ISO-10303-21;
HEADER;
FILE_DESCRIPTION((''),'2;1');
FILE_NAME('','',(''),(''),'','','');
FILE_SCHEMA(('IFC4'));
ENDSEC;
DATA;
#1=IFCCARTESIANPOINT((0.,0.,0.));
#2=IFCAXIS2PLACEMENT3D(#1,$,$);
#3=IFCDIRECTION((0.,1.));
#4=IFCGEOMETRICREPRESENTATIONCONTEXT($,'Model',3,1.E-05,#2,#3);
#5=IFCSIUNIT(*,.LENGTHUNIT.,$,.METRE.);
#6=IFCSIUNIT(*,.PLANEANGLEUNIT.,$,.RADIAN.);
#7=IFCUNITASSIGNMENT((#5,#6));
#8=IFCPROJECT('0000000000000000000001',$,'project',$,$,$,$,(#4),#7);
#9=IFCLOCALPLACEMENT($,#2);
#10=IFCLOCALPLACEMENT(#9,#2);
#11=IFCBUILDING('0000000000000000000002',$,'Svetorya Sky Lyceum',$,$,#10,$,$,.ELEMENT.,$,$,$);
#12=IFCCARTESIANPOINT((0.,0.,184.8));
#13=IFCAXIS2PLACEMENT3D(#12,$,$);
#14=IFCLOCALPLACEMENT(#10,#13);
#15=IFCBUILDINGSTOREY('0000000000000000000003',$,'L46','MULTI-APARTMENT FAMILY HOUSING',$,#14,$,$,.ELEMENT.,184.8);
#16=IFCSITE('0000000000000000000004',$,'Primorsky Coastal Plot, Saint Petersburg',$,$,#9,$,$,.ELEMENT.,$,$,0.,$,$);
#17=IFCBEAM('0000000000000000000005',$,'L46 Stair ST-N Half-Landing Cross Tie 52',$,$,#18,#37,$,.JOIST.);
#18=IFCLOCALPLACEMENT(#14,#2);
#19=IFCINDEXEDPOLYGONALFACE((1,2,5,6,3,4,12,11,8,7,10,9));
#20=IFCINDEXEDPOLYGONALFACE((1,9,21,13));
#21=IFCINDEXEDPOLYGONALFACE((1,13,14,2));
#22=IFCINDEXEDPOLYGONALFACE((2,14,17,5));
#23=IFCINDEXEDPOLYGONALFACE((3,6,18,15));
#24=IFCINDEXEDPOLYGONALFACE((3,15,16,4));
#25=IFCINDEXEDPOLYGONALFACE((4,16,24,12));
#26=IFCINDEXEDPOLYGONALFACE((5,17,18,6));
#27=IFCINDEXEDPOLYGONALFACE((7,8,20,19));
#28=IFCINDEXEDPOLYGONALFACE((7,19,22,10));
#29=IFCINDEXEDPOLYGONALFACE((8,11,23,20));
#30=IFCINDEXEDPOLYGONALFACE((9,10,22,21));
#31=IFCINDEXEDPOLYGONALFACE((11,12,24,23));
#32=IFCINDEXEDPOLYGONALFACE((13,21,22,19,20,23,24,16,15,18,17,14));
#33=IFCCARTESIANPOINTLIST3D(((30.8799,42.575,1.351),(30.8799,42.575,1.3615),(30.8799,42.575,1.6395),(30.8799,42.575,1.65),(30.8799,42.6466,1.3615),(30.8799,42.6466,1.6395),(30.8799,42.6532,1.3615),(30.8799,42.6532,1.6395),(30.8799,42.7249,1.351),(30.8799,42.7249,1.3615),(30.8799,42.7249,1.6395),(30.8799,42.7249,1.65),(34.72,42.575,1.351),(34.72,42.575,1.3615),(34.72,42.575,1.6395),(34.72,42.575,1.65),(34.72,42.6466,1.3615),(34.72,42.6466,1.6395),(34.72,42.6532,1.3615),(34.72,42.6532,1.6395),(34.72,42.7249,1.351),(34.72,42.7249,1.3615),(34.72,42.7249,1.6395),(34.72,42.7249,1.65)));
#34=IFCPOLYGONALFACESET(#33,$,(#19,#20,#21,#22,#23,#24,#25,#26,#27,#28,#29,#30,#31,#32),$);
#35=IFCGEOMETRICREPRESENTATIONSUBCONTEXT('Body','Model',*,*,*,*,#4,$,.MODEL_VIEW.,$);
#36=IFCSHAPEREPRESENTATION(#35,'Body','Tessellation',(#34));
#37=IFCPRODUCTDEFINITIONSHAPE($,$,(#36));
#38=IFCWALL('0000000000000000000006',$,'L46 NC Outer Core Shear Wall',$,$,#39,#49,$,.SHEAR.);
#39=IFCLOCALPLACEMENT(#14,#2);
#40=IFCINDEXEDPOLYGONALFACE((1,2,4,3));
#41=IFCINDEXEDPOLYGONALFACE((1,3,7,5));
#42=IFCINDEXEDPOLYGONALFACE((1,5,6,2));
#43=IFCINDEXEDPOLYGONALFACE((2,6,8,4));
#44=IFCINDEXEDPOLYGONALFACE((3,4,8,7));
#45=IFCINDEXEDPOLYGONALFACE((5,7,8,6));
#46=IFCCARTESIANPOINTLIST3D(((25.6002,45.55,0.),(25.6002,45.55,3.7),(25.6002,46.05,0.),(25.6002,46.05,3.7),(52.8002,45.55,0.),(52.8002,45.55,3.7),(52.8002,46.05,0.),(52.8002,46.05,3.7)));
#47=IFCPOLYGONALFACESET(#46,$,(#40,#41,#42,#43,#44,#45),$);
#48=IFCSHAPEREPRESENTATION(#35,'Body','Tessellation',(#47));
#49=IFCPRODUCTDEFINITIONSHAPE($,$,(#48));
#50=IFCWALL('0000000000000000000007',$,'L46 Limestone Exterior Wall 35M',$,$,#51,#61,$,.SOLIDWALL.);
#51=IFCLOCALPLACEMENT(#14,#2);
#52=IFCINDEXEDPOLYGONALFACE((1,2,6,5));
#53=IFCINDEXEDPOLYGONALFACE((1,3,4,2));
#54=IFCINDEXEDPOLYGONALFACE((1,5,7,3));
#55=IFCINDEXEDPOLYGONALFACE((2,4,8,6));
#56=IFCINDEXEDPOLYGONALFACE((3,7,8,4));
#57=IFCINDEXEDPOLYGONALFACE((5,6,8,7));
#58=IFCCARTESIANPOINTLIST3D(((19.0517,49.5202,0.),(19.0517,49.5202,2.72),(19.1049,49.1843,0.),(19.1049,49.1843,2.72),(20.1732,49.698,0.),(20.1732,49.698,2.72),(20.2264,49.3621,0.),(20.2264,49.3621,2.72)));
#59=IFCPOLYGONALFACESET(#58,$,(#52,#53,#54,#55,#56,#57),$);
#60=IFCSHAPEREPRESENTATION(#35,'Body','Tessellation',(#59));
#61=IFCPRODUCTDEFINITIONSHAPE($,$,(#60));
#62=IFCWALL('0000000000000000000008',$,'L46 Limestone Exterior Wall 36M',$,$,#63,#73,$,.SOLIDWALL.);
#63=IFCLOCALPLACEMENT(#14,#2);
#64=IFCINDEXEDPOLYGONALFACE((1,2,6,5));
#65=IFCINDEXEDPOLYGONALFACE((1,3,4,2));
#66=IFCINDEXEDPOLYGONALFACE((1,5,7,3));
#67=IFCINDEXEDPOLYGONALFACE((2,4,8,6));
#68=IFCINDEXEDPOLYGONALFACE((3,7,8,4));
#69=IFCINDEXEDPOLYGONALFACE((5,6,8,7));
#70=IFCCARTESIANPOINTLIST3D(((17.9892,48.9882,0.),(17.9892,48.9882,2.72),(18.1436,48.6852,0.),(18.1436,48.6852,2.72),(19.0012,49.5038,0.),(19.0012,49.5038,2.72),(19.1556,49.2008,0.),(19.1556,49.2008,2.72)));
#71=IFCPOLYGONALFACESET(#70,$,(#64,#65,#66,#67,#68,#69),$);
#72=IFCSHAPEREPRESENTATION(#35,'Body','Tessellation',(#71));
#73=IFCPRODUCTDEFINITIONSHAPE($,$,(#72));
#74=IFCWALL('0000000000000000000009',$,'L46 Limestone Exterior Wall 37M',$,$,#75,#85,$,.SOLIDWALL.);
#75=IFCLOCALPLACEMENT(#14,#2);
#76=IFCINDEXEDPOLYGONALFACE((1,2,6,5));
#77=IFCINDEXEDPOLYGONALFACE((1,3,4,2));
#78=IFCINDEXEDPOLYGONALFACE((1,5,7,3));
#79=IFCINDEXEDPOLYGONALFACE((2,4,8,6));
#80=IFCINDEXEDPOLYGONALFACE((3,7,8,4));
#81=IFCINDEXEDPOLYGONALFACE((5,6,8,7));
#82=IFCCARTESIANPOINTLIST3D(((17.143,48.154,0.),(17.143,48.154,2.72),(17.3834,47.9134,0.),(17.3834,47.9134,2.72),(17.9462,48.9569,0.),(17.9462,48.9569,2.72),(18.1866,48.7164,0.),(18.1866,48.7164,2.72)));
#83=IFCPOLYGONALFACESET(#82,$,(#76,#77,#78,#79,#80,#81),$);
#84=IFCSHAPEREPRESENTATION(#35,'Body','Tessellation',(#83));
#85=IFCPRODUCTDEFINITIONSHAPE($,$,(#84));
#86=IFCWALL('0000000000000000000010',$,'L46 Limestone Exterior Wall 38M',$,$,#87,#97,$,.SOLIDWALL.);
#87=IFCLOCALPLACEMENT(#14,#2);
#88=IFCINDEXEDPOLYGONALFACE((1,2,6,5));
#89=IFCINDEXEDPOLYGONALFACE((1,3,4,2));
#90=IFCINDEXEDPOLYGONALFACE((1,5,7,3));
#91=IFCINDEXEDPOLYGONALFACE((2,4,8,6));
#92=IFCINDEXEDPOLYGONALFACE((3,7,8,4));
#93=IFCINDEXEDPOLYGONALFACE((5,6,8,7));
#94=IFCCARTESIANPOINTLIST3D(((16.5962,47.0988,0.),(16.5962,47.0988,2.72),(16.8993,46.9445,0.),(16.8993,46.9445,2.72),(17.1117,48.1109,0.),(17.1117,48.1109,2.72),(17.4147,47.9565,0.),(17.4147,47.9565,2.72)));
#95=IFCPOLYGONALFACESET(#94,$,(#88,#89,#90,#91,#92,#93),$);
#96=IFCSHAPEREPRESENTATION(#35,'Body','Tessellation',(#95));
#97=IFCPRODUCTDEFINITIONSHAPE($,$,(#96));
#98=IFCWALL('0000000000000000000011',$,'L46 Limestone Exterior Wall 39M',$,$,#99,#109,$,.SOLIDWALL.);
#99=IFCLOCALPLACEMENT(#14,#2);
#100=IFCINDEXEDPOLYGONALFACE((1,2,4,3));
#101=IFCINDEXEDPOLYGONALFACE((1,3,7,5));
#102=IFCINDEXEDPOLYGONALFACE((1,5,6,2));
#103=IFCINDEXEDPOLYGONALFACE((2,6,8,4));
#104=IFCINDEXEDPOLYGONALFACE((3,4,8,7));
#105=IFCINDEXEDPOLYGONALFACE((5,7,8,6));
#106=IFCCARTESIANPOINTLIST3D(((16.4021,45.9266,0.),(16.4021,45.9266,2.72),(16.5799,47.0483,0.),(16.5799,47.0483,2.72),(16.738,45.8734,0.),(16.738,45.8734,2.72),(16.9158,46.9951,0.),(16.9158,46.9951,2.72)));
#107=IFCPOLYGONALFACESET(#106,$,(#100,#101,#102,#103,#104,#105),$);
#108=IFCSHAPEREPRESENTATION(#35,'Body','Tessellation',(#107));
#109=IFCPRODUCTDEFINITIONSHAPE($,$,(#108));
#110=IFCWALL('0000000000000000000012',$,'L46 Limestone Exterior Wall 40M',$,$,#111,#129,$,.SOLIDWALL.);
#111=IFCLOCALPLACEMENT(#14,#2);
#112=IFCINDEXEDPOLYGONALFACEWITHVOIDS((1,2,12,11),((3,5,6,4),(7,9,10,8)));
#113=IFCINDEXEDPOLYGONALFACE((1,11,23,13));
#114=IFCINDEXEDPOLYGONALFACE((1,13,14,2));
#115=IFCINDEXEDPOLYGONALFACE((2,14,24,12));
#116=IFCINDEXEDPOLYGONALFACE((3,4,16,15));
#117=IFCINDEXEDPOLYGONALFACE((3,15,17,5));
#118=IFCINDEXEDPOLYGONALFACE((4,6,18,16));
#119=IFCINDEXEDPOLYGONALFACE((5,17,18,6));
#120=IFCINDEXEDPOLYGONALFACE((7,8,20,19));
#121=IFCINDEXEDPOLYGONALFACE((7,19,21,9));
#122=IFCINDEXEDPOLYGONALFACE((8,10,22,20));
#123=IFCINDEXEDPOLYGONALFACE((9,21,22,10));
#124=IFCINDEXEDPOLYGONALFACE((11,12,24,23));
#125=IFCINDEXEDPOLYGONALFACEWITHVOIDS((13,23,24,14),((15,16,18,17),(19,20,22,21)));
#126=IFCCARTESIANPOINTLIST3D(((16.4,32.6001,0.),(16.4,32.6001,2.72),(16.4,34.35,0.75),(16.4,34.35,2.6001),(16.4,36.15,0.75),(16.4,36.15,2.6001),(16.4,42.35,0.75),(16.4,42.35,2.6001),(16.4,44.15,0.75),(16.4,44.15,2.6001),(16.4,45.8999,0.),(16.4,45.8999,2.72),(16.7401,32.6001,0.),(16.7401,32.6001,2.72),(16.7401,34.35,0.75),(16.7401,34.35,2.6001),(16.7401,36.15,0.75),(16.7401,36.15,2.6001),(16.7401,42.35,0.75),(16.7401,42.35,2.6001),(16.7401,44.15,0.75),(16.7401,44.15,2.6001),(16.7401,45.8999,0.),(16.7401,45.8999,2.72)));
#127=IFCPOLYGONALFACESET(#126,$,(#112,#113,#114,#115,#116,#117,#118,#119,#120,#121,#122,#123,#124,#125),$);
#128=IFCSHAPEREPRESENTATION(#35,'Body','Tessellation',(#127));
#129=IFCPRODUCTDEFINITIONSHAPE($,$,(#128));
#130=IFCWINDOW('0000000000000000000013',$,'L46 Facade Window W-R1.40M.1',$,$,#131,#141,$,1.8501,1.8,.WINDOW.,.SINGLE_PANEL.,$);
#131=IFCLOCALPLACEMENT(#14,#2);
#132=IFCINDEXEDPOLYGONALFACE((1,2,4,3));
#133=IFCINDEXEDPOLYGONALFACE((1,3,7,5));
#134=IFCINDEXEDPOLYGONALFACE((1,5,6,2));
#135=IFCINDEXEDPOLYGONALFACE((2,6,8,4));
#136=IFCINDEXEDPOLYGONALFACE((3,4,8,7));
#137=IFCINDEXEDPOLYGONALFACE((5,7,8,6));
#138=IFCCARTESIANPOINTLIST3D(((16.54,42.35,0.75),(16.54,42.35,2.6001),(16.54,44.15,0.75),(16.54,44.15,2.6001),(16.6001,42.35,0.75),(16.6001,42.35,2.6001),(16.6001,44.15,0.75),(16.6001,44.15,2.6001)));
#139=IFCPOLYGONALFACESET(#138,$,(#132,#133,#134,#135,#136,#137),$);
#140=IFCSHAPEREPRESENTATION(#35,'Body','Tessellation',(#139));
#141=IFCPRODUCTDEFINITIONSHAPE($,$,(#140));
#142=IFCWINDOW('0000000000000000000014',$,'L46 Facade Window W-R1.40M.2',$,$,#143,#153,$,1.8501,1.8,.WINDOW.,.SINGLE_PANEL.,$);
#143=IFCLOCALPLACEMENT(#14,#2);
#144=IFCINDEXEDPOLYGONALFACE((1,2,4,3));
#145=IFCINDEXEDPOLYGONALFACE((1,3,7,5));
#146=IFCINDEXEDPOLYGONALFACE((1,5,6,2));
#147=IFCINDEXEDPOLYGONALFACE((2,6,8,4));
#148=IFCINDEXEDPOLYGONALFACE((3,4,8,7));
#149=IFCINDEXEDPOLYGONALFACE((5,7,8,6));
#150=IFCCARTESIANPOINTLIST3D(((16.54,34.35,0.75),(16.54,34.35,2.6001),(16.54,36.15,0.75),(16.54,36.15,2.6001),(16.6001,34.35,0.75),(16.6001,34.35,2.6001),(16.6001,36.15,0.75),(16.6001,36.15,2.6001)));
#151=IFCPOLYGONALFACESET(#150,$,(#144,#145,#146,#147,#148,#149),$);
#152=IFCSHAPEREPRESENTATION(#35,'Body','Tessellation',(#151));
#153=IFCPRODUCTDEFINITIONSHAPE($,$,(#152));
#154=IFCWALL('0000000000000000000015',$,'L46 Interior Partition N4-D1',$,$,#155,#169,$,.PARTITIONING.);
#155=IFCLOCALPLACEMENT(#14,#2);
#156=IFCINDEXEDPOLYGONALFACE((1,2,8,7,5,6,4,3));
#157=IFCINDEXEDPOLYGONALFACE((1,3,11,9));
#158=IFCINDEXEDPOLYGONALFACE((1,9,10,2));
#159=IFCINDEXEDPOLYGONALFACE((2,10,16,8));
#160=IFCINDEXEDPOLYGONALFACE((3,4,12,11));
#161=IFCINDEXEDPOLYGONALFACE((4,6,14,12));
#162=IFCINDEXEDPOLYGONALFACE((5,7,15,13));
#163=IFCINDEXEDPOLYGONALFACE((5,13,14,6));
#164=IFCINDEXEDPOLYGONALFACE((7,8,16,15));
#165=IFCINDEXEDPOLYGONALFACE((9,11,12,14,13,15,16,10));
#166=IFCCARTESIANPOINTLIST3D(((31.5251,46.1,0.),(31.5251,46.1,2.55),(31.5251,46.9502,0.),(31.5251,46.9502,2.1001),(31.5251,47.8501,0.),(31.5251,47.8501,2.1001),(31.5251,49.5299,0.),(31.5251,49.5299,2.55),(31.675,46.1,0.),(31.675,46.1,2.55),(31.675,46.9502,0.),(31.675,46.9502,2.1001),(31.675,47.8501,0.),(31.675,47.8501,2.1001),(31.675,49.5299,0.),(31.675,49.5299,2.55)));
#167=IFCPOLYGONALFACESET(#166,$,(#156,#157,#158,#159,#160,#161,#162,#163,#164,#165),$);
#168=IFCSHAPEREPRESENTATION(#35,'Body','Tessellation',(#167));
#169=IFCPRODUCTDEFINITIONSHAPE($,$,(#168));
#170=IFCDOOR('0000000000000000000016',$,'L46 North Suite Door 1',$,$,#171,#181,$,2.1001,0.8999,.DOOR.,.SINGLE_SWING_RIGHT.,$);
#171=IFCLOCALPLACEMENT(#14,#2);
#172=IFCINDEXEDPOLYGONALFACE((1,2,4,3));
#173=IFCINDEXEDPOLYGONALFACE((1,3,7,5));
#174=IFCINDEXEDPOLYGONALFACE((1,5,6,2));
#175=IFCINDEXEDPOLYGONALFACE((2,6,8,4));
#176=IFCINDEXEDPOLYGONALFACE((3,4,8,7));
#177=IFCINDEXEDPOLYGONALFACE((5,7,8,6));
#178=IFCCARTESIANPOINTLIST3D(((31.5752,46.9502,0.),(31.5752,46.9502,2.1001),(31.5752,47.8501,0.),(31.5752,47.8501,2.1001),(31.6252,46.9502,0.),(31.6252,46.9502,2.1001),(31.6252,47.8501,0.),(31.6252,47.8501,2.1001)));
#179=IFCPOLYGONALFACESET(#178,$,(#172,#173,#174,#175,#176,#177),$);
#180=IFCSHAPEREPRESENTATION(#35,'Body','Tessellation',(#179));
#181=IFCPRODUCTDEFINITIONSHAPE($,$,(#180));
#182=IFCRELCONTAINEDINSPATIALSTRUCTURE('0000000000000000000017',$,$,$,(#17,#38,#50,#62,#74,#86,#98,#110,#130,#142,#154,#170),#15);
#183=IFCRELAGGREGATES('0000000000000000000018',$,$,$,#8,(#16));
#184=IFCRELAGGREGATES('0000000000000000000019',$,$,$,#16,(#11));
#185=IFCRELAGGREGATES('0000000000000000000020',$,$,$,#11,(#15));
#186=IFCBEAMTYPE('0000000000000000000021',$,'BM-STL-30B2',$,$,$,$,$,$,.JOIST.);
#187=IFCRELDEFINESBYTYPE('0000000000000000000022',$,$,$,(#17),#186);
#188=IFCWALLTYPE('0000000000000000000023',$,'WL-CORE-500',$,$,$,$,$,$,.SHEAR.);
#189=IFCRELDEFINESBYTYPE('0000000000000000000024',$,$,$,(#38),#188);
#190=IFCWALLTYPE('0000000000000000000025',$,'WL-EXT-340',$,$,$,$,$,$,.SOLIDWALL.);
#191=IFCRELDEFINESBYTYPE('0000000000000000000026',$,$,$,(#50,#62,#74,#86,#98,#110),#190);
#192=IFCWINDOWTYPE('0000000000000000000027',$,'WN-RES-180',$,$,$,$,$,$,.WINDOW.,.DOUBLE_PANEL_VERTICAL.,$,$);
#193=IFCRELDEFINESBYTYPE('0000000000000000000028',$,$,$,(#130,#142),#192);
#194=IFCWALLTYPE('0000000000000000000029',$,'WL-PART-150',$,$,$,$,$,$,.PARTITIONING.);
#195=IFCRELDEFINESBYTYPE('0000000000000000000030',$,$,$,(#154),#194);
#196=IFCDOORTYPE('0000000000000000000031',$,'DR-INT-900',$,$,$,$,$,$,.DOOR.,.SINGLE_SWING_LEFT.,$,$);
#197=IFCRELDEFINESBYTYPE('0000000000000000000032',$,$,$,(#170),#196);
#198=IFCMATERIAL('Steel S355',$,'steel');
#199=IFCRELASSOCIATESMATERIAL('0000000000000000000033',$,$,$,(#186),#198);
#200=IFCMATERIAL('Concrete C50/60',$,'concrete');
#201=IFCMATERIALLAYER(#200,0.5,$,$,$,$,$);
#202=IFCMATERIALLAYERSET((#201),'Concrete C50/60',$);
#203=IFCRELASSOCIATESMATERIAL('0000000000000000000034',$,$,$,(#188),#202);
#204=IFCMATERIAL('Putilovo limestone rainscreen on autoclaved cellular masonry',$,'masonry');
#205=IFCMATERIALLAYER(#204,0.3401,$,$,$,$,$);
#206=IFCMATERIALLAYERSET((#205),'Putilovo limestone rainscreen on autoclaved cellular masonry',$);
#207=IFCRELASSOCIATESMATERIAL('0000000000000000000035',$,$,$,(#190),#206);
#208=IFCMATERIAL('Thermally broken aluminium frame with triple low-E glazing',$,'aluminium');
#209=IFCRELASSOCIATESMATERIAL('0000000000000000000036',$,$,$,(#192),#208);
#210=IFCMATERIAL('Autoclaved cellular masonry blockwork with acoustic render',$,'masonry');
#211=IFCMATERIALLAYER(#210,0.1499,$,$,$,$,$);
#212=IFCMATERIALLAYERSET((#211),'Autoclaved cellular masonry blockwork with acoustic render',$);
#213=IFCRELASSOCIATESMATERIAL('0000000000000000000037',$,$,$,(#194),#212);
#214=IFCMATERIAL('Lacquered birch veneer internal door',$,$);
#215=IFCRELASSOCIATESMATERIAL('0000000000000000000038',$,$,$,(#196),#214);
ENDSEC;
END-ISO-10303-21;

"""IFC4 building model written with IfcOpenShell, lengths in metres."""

from ifc_helpers import new_model, si_unit, direction, frame, frame_2d, origin, origin_2d, place, context, subcontext, project, spatial, rectangle, i_section, extrude, material, layer, layer_set, material_profile, profile_set, type_object, element, fill, save


model = new_model("IFC4")

# Units and contexts
model_context = context("Model", 3, precision=1e-05, world=origin(), true_north=direction((0.0, 1.0)))
body_context = subcontext(model_context, "Body", "Model", "MODEL_VIEW")
ifc_project = project(units=[si_unit("LENGTHUNIT", "METRE"), si_unit("PLANEANGLEUNIT", "RADIAN")], contexts=[model_context])

# Site, building, storey
site_placement = place(None, origin())
site = spatial("IfcSite", under=ifc_project, at=site_placement, Name="Primorsky Coastal Plot, Saint Petersburg", CompositionType="ELEMENT", RefElevation=0.0)
building_placement = place(site_placement, origin())
building = spatial("IfcBuilding", under=site, at=building_placement, Name="Svetorya Sky Lyceum", CompositionType="ELEMENT")
storey_placement = place(building_placement, frame((0.0, 0.0, 184.8)))
storey = spatial("IfcBuildingStorey", under=building, at=storey_placement, Name="L46", Description="MULTI-APARTMENT FAMILY HOUSING", CompositionType="ELEMENT", Elevation=184.8)

# Shared definitions
ifc_material_1 = material(Name="Concrete C50/60", Category="concrete")

# Beam
ifc_material_2 = material(Name="Steel S355", Category="steel")
ifc_material_profile_1 = material_profile(ifc_material_2, i_section(OverallWidth=0.1499, OverallDepth=0.2991, WebThickness=0.0066, FlangeThickness=0.0105, at=origin_2d()), Name="GOST 30B2")
ifc_profile_set_1 = profile_set([ifc_material_profile_1], Name="Steel S355")
beam_type_1 = type_object("IfcBeamType", Name="BM-STL-30B2", PredefinedType="JOIST", material=ifc_profile_set_1)
beam_1_placement = place(storey_placement, frame((30.8799, 42.6499, 1.5005), z_axis=(1.0, 0.0, 0.0), x_axis=(0.0, 1.0, 0.0)))
element("IfcBeam", 1, at=beam_1_placement, inside=storey, type_object=beam_type_1, Name="L46 Stair ST-N Half-Landing Cross Tie 52", PredefinedType="JOIST", context=body_context, shape_type="SweptSolid", body=[
    extrude(i_section(OverallWidth=0.1499, OverallDepth=0.2991, WebThickness=0.0066, FlangeThickness=0.0105, at=origin_2d()), origin(), (0.0, 0.0, 1.0), 3.8401),
])

# Walls
ifc_layer_1 = layer(ifc_material_1, 0.5)
ifc_layer_set_1 = layer_set([ifc_layer_1], Name="Concrete C50/60")
wall_type_1 = type_object("IfcWallType", Name="WL-CORE-500", PredefinedType="SHEAR", material=ifc_layer_set_1)
wall_1_placement = place(storey_placement, frame((25.6001, 45.8, 0.0), z_axis=(0.0, 0.0, 1.0), x_axis=(1.0, 0.0, 0.0)))
element("IfcWall", 2, at=wall_1_placement, inside=storey, type_object=wall_type_1, Name="L46 NC Outer Core Shear Wall", PredefinedType="SHEAR", context=body_context, shape_type="SweptSolid", body=[
    extrude(rectangle(XDim=27.2, YDim=0.5, at=frame_2d((13.6001, 0.0))), origin(), (0.0, 0.0, 1.0), 3.7),
])
ifc_material_3 = material(Name="Putilovo limestone rainscreen on autoclaved cellular masonry", Category="masonry")
ifc_layer_2 = layer(ifc_material_3, 0.3401)
ifc_layer_set_2 = layer_set([ifc_layer_2], Name="Putilovo limestone rainscreen on autoclaved cellular masonry")
wall_type_2 = type_object("IfcWallType", Name="WL-EXT-340", PredefinedType="SOLIDWALL", material=ifc_layer_set_2)
wall_2_placement = place(storey_placement, frame((20.2, 49.53, 0.0), z_axis=(0.0, 0.0, 1.0), x_axis=(-0.987676, -0.156515, 0.0)))
element("IfcWall", 3, at=wall_2_placement, inside=storey, type_object=wall_type_2, Name="L46 Limestone Exterior Wall 35M", PredefinedType="SOLIDWALL", context=body_context, shape_type="SweptSolid", body=[
    extrude(rectangle(XDim=1.1355, YDim=0.3401, at=frame_2d((0.5679, 0.0))), origin(), (0.0, 0.0, 1.0), 2.72),
])
for number, where, z_axis, x_axis, name in (
    (4, (19.0784, 49.3523, 0.0), (0.0, 0.0, 1.0), (-0.891005, -0.453993, 0.0), "L46 Limestone Exterior Wall 36M"),
    (5, (18.0664, 48.8367, 0.0), (0.0, 0.0, 1.0), (-0.707214, -0.706999, 0.0), "L46 Limestone Exterior Wall 37M"),
    (6, (17.2632, 48.0337, 0.0), (0.0, 0.0, 1.0), (-0.453823, -0.891092, 0.0), "L46 Limestone Exterior Wall 38M"),
    (7, (16.7478, 47.0217, 0.0), (0.0, 0.0, 1.0), (-0.156481, -0.987681, 0.0), "L46 Limestone Exterior Wall 39M"),
):
    element("IfcWall", number, at=place(storey_placement, frame(where, z_axis=z_axis, x_axis=x_axis)), inside=storey, type_object=wall_type_2, Name=name, PredefinedType="SOLIDWALL", context=body_context, shape_type="SweptSolid", body=[
        extrude(rectangle(XDim=1.1357, YDim=0.3401, at=frame_2d((0.5679, 0.0))), origin(), (0.0, 0.0, 1.0), 2.72),
    ])

# Wall, openings, windows
wall_3_placement = place(storey_placement, frame((16.5701, 45.8999, 0.0), z_axis=(0.0, 0.0, 1.0), x_axis=(0.0, -1.0, 0.0)))
wall_3 = element("IfcWall", 8, at=wall_3_placement, inside=storey, type_object=wall_type_2, Name="L46 Limestone Exterior Wall 40M", PredefinedType="SOLIDWALL", context=body_context, shape_type="SweptSolid", body=[
    extrude(rectangle(XDim=13.2998, YDim=0.3401, at=frame_2d((6.6499, 0.0))), origin(), (0.0, 0.0, 1.0), 2.72),
])
opening_1_placement = place(wall_3_placement, frame((1.75, 0.0, 0.75)))
opening_1 = element("IfcOpeningElement", 9, at=opening_1_placement, cuts=wall_3, PredefinedType="OPENING", context=body_context, shape_type="SweptSolid", body=[
    extrude(rectangle(XDim=1.8, YDim=1.8501, at=frame_2d((0.8999, 0.925))), frame((0.0, 0.1799, 0.0), z_axis=(0.0, -1.0, 0.0), x_axis=(1.0, 0.0, 0.0)), (0.0, 0.0, 1.0), 0.3601),
])
opening_2_placement = place(wall_3_placement, frame((9.75, 0.0, 0.75)))
opening_2 = element("IfcOpeningElement", 10, at=opening_2_placement, cuts=wall_3, PredefinedType="OPENING", context=body_context, shape_type="SweptSolid", body=[
    extrude(rectangle(XDim=1.8, YDim=1.8501, at=frame_2d((0.8999, 0.925))), frame((0.0, 0.1799, 0.0), z_axis=(0.0, -1.0, 0.0), x_axis=(1.0, 0.0, 0.0)), (0.0, 0.0, 1.0), 0.3601),
])
ifc_material_4 = material(Name="Thermally broken aluminium frame with triple low-E glazing", Category="aluminium")
window_type = type_object("IfcWindowType", Name="WN-RES-180", PartitioningType="DOUBLE_PANEL_VERTICAL", PredefinedType="WINDOW", material=ifc_material_4)
window_1_placement = place(opening_1_placement, origin())
window_1 = element("IfcWindow", 11, at=window_1_placement, inside=storey, type_object=window_type, Name="L46 Facade Window W-R1.40M.1", OverallHeight=1.8501, OverallWidth=1.8, PartitioningType="SINGLE_PANEL", PredefinedType="WINDOW", context=body_context, shape_type="SweptSolid", body=[
    extrude(rectangle(XDim=1.8, YDim=1.8501, at=frame_2d((0.8999, 0.925))), frame((0.0, 0.03, 0.0), z_axis=(0.0, -1.0, 0.0), x_axis=(1.0, 0.0, 0.0)), (0.0, 0.0, 1.0), 0.0601),
])
fill(opening_1, window_1)
window_2_placement = place(opening_2_placement, origin())
window_2 = element("IfcWindow", 12, at=window_2_placement, inside=storey, type_object=window_type, Name="L46 Facade Window W-R1.40M.2", OverallHeight=1.8501, OverallWidth=1.8, PartitioningType="SINGLE_PANEL", PredefinedType="WINDOW", context=body_context, shape_type="SweptSolid", body=[
    extrude(rectangle(XDim=1.8, YDim=1.8501, at=frame_2d((0.8999, 0.925))), frame((0.0, 0.03, 0.0), z_axis=(0.0, -1.0, 0.0), x_axis=(1.0, 0.0, 0.0)), (0.0, 0.0, 1.0), 0.0601),
])
fill(opening_2, window_2)

# Wall, opening, door
ifc_material_5 = material(Name="Autoclaved cellular masonry blockwork with acoustic render", Category="masonry")
ifc_layer_3 = layer(ifc_material_5, 0.1499)
ifc_layer_set_3 = layer_set([ifc_layer_3], Name="Autoclaved cellular masonry blockwork with acoustic render")
wall_type_3 = type_object("IfcWallType", Name="WL-PART-150", PredefinedType="PARTITIONING", material=ifc_layer_set_3)
wall_4_placement = place(storey_placement, frame((31.6001, 46.1001, 0.0), z_axis=(0.0, 0.0, 1.0), x_axis=(0.0, 1.0, 0.0)))
wall_4 = element("IfcWall", 13, at=wall_4_placement, inside=storey, type_object=wall_type_3, Name="L46 Interior Partition N4-D1", PredefinedType="PARTITIONING", context=body_context, shape_type="SweptSolid", body=[
    extrude(rectangle(XDim=3.4299, YDim=0.1499, at=frame_2d((1.7148, 0.0))), origin(), (0.0, 0.0, 1.0), 2.55),
])
opening_3_placement = place(wall_4_placement, frame((0.8501, 0.0, 0.0)))
opening_3 = element("IfcOpeningElement", 14, at=opening_3_placement, cuts=wall_4, PredefinedType="OPENING", context=body_context, shape_type="SweptSolid", body=[
    extrude(rectangle(XDim=0.8999, YDim=2.1001, at=frame_2d((0.45, 1.05))), frame((0.0, 0.085, 0.0), z_axis=(0.0, -1.0, 0.0), x_axis=(1.0, 0.0, 0.0)), (0.0, 0.0, 1.0), 0.1699),
])
ifc_material_6 = material(Name="Lacquered birch veneer internal door")
door_type = type_object("IfcDoorType", Name="DR-INT-900", OperationType="SINGLE_SWING_LEFT", PredefinedType="DOOR", material=ifc_material_6)
door_1_placement = place(opening_3_placement, origin())
door_1 = element("IfcDoor", 15, at=door_1_placement, inside=storey, type_object=door_type, Name="L46 North Suite Door 1", OperationType="SINGLE_SWING_RIGHT", OverallHeight=2.1001, OverallWidth=0.8999, PredefinedType="DOOR", context=body_context, shape_type="SweptSolid", body=[
    extrude(rectangle(XDim=0.8999, YDim=2.1001, at=frame_2d((0.45, 1.05))), frame((0.0, 0.0249, 0.0), z_axis=(0.0, -1.0, 0.0), x_axis=(1.0, 0.0, 0.0)), (0.0, 0.0, 1.0), 0.05),
])
fill(opening_3, door_1)

save(model, "model.ifc")
